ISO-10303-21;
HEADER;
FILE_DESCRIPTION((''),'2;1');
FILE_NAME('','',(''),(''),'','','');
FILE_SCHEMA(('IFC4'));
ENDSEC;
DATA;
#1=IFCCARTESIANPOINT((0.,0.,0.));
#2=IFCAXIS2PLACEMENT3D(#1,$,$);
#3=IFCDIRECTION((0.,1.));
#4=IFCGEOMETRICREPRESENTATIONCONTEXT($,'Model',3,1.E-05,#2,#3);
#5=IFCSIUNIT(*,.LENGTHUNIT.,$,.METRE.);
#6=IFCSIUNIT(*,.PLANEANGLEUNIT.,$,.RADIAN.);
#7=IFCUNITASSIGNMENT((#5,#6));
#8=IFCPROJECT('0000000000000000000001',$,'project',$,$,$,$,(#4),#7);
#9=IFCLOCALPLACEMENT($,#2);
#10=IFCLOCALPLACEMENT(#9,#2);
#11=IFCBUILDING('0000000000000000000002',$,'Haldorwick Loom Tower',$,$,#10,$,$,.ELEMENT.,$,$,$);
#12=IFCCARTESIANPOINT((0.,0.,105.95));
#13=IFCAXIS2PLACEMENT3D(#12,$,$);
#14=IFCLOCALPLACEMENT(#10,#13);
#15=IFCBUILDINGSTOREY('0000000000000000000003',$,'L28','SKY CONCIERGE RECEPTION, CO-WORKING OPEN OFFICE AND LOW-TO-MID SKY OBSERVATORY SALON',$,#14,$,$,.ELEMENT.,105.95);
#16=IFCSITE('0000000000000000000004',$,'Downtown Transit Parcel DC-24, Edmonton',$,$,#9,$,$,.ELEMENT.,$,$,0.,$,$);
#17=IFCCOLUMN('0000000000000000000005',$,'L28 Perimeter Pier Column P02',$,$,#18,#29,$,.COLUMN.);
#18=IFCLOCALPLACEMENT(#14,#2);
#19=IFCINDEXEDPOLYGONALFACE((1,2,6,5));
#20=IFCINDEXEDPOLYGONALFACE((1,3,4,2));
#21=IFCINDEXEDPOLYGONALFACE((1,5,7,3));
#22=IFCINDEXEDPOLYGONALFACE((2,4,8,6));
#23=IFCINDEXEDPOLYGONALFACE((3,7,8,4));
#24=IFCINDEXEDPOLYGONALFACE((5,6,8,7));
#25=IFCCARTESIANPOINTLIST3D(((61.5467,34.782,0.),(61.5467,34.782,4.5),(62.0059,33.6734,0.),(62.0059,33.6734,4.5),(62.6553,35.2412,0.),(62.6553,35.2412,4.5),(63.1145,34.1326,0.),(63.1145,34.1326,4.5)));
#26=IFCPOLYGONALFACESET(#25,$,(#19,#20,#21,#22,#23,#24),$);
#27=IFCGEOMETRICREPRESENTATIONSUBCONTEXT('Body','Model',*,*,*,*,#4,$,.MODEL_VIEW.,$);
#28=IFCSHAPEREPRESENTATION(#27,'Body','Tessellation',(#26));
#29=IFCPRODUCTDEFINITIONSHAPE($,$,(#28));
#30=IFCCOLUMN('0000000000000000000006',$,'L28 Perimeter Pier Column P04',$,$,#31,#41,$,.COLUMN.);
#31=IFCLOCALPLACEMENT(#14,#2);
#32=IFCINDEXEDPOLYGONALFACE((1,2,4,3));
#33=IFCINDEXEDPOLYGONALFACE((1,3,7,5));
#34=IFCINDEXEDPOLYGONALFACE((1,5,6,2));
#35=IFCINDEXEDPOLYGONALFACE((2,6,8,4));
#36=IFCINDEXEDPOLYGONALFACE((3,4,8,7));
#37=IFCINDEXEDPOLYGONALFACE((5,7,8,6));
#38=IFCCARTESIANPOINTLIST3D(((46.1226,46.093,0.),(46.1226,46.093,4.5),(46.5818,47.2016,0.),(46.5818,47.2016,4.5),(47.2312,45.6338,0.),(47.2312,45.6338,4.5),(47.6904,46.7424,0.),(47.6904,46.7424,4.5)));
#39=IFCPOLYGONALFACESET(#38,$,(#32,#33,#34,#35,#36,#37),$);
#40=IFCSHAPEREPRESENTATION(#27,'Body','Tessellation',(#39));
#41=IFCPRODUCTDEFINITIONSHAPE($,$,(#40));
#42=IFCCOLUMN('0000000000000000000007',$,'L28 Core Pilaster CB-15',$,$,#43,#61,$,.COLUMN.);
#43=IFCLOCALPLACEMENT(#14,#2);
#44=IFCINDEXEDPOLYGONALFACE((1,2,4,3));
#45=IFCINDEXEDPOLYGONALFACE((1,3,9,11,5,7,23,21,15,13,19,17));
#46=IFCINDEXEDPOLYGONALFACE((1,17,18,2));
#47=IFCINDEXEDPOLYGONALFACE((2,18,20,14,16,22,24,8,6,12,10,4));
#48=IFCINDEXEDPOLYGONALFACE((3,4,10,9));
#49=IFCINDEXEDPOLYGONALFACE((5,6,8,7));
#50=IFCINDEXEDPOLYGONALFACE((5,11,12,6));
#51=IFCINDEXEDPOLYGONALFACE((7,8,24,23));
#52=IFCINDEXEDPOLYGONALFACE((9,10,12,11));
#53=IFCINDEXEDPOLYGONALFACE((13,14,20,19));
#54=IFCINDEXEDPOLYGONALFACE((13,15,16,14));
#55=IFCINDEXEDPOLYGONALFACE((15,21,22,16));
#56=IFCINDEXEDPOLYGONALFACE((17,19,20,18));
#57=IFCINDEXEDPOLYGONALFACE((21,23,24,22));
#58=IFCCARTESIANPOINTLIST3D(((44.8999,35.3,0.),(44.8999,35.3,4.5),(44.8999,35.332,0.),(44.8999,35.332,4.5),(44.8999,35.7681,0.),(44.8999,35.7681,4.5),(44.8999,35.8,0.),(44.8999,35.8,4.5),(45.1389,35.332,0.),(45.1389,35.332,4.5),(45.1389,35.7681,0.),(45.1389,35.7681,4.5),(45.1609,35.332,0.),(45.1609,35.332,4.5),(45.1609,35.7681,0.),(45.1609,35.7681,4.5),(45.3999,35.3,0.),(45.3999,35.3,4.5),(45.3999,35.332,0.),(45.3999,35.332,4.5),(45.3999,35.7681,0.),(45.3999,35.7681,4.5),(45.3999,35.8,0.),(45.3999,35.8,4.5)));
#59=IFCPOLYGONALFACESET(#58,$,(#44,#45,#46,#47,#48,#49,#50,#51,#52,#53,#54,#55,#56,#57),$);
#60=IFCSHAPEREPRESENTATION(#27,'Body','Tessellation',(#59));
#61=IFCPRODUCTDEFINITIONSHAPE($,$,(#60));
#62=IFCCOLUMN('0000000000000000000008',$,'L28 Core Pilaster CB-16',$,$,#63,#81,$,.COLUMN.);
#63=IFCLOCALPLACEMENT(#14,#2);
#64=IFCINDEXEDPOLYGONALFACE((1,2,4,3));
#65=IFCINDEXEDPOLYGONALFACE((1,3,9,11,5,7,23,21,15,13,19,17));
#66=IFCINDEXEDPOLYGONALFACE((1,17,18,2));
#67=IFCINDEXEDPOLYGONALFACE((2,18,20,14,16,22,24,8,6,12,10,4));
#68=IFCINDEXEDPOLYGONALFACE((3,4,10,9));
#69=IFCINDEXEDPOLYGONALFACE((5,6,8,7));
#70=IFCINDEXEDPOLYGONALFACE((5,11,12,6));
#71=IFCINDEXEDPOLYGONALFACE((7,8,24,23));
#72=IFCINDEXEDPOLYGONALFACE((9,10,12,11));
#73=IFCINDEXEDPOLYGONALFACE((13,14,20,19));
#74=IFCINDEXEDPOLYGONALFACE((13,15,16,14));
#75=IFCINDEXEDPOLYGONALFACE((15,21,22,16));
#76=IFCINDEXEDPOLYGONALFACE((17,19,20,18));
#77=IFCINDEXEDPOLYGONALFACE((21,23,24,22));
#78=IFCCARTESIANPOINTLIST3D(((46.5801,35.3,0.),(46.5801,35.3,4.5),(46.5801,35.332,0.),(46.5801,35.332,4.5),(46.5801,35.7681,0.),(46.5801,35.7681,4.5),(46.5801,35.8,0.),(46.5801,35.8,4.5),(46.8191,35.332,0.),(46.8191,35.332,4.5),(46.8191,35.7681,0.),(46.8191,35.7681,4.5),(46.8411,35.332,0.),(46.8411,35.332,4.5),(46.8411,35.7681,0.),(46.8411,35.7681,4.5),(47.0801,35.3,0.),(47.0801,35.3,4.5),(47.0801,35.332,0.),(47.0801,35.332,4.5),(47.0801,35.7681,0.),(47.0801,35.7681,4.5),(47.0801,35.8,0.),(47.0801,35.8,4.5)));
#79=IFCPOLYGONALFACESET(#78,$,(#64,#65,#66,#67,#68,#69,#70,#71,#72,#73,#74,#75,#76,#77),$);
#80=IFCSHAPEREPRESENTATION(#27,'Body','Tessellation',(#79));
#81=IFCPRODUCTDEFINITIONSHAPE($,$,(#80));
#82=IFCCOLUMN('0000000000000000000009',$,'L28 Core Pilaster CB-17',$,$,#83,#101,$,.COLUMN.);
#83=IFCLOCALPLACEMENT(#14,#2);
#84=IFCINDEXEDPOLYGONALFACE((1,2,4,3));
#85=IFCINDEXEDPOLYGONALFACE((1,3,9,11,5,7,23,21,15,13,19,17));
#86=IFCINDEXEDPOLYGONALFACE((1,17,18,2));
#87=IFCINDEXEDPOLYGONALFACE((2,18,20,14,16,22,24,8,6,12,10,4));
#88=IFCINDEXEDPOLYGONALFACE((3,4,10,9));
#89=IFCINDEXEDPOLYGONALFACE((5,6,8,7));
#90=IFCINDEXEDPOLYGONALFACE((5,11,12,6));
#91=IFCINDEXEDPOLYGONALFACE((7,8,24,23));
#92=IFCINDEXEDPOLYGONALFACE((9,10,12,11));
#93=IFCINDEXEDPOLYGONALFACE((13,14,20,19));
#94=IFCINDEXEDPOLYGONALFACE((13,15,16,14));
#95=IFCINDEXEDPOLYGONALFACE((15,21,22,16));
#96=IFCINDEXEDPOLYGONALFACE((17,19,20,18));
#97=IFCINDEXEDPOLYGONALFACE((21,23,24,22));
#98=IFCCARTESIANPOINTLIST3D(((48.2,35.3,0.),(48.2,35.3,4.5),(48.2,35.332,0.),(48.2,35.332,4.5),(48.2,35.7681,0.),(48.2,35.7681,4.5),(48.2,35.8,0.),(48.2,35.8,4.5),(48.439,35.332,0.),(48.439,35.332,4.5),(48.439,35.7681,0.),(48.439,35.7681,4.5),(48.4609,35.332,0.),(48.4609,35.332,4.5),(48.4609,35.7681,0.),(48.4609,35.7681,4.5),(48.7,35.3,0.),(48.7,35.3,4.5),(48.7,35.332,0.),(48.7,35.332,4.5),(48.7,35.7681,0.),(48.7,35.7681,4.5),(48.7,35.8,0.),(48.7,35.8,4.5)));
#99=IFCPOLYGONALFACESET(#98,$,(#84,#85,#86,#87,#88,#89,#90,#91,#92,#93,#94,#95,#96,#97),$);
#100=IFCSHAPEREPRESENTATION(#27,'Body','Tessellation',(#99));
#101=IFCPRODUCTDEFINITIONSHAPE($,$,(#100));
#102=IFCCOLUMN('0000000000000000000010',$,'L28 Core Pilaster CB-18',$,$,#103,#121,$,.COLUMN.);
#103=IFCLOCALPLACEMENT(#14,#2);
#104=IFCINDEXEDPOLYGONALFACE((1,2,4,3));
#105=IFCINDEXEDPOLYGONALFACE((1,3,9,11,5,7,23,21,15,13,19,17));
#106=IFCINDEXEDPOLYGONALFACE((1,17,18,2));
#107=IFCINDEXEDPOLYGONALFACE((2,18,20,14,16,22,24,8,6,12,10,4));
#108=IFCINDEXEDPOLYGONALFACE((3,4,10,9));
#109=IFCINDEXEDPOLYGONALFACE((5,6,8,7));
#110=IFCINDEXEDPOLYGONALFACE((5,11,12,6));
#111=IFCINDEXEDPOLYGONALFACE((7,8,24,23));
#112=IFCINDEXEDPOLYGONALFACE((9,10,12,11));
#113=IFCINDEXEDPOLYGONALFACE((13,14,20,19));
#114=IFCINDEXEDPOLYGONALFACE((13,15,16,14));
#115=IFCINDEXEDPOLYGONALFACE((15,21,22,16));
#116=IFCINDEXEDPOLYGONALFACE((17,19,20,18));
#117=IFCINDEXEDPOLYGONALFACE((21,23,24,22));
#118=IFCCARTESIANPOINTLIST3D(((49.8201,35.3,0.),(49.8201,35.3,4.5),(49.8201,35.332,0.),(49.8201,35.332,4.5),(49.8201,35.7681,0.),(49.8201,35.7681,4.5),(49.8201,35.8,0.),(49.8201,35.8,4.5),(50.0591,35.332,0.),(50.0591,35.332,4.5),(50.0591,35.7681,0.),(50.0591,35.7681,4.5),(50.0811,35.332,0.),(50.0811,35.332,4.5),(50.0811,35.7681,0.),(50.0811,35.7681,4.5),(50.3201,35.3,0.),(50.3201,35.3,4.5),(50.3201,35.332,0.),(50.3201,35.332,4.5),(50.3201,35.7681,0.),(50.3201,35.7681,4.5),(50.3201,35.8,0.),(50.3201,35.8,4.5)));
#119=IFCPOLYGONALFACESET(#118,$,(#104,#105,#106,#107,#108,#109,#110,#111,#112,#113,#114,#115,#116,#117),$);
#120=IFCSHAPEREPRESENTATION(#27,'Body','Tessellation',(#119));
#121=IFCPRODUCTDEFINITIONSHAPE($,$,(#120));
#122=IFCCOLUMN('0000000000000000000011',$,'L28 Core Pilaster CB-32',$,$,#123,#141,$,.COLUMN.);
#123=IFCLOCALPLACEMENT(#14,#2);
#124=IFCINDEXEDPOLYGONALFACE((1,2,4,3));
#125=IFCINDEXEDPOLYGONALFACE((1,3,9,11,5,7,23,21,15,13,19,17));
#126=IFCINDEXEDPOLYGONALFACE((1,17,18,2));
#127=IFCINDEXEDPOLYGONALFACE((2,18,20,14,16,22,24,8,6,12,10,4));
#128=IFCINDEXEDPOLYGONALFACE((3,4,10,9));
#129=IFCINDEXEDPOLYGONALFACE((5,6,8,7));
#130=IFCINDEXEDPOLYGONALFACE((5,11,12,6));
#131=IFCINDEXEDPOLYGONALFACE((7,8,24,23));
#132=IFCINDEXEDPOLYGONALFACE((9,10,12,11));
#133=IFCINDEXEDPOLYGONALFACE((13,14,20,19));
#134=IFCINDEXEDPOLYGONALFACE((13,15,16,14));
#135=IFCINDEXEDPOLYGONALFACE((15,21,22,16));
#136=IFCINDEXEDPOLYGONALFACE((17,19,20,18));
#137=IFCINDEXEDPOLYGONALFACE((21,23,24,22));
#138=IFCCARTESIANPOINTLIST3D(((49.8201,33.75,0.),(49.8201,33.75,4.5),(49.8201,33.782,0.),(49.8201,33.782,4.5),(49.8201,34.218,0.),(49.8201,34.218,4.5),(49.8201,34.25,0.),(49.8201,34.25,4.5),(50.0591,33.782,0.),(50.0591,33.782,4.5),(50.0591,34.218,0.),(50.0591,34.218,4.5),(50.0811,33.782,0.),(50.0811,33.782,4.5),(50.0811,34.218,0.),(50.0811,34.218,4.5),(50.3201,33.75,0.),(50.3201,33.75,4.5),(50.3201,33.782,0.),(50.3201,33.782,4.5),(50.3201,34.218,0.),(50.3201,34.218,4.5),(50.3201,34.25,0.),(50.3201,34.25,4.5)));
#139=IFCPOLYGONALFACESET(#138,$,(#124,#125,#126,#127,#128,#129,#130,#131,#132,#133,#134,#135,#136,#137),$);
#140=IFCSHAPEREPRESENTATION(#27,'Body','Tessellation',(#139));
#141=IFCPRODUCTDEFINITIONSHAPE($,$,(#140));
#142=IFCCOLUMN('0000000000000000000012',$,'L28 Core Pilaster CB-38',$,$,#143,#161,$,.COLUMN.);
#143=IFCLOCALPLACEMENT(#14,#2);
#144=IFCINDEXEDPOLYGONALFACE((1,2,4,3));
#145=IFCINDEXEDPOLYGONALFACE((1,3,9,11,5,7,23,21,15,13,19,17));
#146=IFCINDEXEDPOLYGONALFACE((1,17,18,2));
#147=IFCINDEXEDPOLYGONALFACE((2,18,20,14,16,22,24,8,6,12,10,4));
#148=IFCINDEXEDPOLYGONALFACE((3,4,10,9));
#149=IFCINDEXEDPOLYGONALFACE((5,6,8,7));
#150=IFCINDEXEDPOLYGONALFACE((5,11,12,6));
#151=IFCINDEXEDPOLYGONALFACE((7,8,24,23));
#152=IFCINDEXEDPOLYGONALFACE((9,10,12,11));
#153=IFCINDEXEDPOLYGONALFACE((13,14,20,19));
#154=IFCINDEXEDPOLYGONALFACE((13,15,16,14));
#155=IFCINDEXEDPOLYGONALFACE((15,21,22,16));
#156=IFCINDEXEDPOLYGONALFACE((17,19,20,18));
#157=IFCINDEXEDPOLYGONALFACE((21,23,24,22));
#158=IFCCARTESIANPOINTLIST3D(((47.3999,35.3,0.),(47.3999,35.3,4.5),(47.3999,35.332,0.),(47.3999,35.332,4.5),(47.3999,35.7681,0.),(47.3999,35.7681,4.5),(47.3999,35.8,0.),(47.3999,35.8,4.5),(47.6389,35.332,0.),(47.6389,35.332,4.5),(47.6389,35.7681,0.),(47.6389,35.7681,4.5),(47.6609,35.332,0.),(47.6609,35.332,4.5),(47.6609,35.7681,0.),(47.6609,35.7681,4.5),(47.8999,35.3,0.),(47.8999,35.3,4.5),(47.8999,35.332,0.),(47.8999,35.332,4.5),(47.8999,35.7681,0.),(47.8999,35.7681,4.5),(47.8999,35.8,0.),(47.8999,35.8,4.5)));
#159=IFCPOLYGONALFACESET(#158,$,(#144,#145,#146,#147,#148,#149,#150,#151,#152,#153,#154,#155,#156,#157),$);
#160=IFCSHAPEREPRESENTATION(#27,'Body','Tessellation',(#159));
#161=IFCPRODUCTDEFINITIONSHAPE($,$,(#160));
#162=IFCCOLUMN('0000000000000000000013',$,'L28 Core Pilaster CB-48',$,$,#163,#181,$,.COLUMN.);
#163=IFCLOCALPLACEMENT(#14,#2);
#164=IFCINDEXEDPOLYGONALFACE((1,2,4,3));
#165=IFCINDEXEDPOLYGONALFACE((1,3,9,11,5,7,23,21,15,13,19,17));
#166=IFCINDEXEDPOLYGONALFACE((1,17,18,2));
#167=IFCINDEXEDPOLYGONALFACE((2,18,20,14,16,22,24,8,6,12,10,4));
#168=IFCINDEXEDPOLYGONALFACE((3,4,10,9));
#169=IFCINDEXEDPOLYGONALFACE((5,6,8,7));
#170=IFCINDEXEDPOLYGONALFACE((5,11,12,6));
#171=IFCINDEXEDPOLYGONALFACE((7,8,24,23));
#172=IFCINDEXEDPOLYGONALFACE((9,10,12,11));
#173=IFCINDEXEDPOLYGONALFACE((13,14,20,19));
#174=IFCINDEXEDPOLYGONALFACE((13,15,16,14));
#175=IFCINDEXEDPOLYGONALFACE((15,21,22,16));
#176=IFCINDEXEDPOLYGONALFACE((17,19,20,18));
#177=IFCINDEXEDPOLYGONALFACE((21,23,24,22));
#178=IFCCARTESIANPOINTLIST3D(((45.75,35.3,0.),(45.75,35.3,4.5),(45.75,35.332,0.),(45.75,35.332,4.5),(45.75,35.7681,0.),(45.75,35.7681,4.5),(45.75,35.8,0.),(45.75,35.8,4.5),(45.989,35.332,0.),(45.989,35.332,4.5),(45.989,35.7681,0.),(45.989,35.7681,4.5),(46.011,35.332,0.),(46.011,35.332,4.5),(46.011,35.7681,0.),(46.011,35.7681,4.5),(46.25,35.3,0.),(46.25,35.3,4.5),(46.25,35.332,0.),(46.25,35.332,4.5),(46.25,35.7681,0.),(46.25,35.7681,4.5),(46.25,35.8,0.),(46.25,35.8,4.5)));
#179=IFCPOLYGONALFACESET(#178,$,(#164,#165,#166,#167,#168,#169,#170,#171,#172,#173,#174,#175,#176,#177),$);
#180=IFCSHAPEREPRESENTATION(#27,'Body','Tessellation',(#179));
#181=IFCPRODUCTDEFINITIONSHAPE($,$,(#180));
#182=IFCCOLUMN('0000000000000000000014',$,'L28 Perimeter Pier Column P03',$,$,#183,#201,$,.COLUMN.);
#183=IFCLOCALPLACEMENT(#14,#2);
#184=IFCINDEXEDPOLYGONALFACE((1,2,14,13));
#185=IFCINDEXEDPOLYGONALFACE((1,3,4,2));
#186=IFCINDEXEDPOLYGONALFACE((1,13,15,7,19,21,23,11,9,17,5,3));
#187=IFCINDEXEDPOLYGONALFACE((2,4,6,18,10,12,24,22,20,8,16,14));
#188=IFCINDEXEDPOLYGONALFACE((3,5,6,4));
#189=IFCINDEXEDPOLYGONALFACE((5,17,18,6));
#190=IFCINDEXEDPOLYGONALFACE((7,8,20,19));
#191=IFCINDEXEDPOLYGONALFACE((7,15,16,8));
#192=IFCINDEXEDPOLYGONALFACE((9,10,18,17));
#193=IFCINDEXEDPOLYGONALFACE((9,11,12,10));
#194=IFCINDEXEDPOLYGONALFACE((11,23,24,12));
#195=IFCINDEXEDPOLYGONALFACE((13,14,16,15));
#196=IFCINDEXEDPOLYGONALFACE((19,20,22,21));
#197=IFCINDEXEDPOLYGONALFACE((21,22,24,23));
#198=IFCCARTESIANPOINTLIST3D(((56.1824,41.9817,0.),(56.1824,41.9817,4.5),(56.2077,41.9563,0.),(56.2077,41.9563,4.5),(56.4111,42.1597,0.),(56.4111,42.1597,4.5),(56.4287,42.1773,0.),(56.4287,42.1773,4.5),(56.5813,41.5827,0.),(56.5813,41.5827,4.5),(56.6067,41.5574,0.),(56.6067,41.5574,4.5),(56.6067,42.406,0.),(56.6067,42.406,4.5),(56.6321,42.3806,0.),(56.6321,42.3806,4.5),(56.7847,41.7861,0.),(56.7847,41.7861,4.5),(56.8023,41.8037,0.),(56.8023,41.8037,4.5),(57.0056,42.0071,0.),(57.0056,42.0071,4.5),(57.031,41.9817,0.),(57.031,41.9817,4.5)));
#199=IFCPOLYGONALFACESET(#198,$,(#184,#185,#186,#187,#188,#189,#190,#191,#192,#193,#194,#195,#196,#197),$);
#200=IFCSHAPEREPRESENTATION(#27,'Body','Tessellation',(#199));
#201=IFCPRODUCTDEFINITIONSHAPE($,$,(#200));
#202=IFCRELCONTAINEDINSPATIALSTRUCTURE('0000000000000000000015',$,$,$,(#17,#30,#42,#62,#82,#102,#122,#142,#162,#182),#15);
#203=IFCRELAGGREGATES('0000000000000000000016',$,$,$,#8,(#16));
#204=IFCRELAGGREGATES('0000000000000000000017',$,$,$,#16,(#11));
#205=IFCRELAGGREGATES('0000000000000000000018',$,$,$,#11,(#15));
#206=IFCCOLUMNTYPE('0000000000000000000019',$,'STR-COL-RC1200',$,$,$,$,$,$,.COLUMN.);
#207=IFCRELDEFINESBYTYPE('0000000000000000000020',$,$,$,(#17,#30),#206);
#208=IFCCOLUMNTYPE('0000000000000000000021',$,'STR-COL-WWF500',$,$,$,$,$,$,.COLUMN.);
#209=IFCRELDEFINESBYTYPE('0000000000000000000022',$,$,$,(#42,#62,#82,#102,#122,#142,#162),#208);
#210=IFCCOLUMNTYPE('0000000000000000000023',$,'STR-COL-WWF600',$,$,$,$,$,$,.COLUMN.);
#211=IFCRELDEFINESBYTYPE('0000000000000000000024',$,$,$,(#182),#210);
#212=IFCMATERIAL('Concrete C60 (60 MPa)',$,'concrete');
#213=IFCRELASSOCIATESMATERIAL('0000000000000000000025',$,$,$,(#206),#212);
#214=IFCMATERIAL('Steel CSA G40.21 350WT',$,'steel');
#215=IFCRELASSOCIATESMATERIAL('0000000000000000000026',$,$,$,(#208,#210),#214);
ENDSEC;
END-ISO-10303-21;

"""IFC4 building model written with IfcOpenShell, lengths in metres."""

from ifc_helpers import new_model, si_unit, direction, frame, origin, origin_2d, place, context, subcontext, project, spatial, rectangle, i_section, extrude, material, material_profile, profile_set, type_object, element, save


model = new_model("IFC4")

# Units and contexts
model_context = context("Model", 3, precision=1e-05, world=origin(), true_north=direction((0.0, 1.0)))
body_context = subcontext(model_context, "Body", "Model", "MODEL_VIEW")
ifc_project = project(units=[si_unit("LENGTHUNIT", "METRE"), si_unit("PLANEANGLEUNIT", "RADIAN")], contexts=[model_context])

# Site, building, storey
site_placement = place(None, origin())
site = spatial("IfcSite", under=ifc_project, at=site_placement, Name="Downtown Transit Parcel DC-24, Edmonton", CompositionType="ELEMENT", RefElevation=0.0)
building_placement = place(site_placement, origin())
building = spatial("IfcBuilding", under=site, at=building_placement, Name="Haldorwick Loom Tower", CompositionType="ELEMENT")
storey_placement = place(building_placement, frame((0.0, 0.0, 105.95)))
storey = spatial("IfcBuildingStorey", under=building, at=storey_placement, Name="L28", Description="SKY CONCIERGE RECEPTION, CO-WORKING OPEN OFFICE AND LOW-TO-MID SKY OBSERVATORY SALON", CompositionType="ELEMENT", Elevation=105.95)

# Columns
ifc_material_1 = material(Name="Concrete C60 (60 MPa)", Category="concrete")
ifc_material_profile_1 = material_profile(ifc_material_1, rectangle(XDim=1.2, YDim=1.2, at=origin_2d()), Name="RC1200X1200", Category="concrete")
ifc_profile_set_1 = profile_set([ifc_material_profile_1], Name="Concrete C60 (60 MPa)")
column_type_1 = type_object("IfcColumnType", Name="STR-COL-RC1200", PredefinedType="COLUMN", material=ifc_profile_set_1)
for number, where, z_axis, x_axis, name in (
    (1, (62.3306, 34.4573, 0.0), (0.0, 0.0, 1.0), (0.92388, 0.382683, 0.0), "L28 Perimeter Pier Column P02"),
    (2, (46.9065, 46.4177, 0.0), (0.0, 0.0, 1.0), (0.382683, 0.92388, 0.0), "L28 Perimeter Pier Column P04"),
):
    element("IfcColumn", number, at=place(storey_placement, frame(where, z_axis=z_axis, x_axis=x_axis)), inside=storey, type_object=column_type_1, Name=name, PredefinedType="COLUMN", context=body_context, shape_type="SweptSolid", body=[
        extrude(rectangle(XDim=1.2, YDim=1.2, at=origin_2d()), origin(), (0.0, 0.0, 1.0), 4.5),
    ])
ifc_material_2 = material(Name="Steel CSA G40.21 350WT", Category="steel")
ifc_material_profile_2 = material_profile(ifc_material_2, i_section(OverallWidth=0.5, OverallDepth=0.5, WebThickness=0.022, FlangeThickness=0.032, at=origin_2d()), Name="WWF500X500", Category="steel")
ifc_profile_set_2 = profile_set([ifc_material_profile_2], Name="Steel CSA G40.21 350WT")
column_type_2 = type_object("IfcColumnType", Name="STR-COL-WWF500", PredefinedType="COLUMN", material=ifc_profile_set_2)
for number, where, z_axis, x_axis, name in (
    (3, (45.1499, 35.55, 0.0), (0.0, 0.0, 1.0), (1.0, 0.0, 0.0), "L28 Core Pilaster CB-15"),
    (4, (46.8301, 35.55, 0.0), (0.0, 0.0, 1.0), (1.0, 0.0, 0.0), "L28 Core Pilaster CB-16"),
    (5, (48.45, 35.55, 0.0), (0.0, 0.0, 1.0), (1.0, 0.0, 0.0), "L28 Core Pilaster CB-17"),
    (6, (50.0701, 35.55, 0.0), (0.0, 0.0, 1.0), (1.0, 0.0, 0.0), "L28 Core Pilaster CB-18"),
    (7, (50.0701, 34.0, 0.0), (0.0, 0.0, 1.0), (1.0, 0.0, 0.0), "L28 Core Pilaster CB-32"),
    (8, (47.6499, 35.55, 0.0), (0.0, 0.0, 1.0), (1.0, 0.0, 0.0), "L28 Core Pilaster CB-38"),
    (9, (46.0, 35.55, 0.0), (0.0, 0.0, 1.0), (1.0, 0.0, 0.0), "L28 Core Pilaster CB-48"),
):
    element("IfcColumn", number, at=place(storey_placement, frame(where, z_axis=z_axis, x_axis=x_axis)), inside=storey, type_object=column_type_2, Name=name, PredefinedType="COLUMN", context=body_context, shape_type="SweptSolid", body=[
        extrude(i_section(OverallWidth=0.5, OverallDepth=0.5, WebThickness=0.022, FlangeThickness=0.032, at=origin_2d()), origin(), (0.0, 0.0, 1.0), 4.5),
    ])
ifc_material_profile_3 = material_profile(ifc_material_2, i_section(OverallWidth=0.6001, OverallDepth=0.6001, WebThickness=0.0249, FlangeThickness=0.0359, at=origin_2d()), Name="WWF600X600", Category="steel")
ifc_profile_set_3 = profile_set([ifc_material_profile_3], Name="Steel CSA G40.21 350WT")
column_type_3 = type_object("IfcColumnType", Name="STR-COL-WWF600", PredefinedType="COLUMN", material=ifc_profile_set_3)
column_placement = place(storey_placement, frame((56.6067, 41.9817, 0.0), z_axis=(0.0, 0.0, 1.0), x_axis=(0.707107, 0.707107, 0.0)))
element("IfcColumn", 10, at=column_placement, inside=storey, type_object=column_type_3, Name="L28 Perimeter Pier Column P03", PredefinedType="COLUMN", context=body_context, shape_type="SweptSolid", body=[
    extrude(i_section(OverallWidth=0.6001, OverallDepth=0.6001, WebThickness=0.0249, FlangeThickness=0.0359, at=origin_2d()), origin(), (0.0, 0.0, 1.0), 4.5),
])

save(model, "model.ifc")
